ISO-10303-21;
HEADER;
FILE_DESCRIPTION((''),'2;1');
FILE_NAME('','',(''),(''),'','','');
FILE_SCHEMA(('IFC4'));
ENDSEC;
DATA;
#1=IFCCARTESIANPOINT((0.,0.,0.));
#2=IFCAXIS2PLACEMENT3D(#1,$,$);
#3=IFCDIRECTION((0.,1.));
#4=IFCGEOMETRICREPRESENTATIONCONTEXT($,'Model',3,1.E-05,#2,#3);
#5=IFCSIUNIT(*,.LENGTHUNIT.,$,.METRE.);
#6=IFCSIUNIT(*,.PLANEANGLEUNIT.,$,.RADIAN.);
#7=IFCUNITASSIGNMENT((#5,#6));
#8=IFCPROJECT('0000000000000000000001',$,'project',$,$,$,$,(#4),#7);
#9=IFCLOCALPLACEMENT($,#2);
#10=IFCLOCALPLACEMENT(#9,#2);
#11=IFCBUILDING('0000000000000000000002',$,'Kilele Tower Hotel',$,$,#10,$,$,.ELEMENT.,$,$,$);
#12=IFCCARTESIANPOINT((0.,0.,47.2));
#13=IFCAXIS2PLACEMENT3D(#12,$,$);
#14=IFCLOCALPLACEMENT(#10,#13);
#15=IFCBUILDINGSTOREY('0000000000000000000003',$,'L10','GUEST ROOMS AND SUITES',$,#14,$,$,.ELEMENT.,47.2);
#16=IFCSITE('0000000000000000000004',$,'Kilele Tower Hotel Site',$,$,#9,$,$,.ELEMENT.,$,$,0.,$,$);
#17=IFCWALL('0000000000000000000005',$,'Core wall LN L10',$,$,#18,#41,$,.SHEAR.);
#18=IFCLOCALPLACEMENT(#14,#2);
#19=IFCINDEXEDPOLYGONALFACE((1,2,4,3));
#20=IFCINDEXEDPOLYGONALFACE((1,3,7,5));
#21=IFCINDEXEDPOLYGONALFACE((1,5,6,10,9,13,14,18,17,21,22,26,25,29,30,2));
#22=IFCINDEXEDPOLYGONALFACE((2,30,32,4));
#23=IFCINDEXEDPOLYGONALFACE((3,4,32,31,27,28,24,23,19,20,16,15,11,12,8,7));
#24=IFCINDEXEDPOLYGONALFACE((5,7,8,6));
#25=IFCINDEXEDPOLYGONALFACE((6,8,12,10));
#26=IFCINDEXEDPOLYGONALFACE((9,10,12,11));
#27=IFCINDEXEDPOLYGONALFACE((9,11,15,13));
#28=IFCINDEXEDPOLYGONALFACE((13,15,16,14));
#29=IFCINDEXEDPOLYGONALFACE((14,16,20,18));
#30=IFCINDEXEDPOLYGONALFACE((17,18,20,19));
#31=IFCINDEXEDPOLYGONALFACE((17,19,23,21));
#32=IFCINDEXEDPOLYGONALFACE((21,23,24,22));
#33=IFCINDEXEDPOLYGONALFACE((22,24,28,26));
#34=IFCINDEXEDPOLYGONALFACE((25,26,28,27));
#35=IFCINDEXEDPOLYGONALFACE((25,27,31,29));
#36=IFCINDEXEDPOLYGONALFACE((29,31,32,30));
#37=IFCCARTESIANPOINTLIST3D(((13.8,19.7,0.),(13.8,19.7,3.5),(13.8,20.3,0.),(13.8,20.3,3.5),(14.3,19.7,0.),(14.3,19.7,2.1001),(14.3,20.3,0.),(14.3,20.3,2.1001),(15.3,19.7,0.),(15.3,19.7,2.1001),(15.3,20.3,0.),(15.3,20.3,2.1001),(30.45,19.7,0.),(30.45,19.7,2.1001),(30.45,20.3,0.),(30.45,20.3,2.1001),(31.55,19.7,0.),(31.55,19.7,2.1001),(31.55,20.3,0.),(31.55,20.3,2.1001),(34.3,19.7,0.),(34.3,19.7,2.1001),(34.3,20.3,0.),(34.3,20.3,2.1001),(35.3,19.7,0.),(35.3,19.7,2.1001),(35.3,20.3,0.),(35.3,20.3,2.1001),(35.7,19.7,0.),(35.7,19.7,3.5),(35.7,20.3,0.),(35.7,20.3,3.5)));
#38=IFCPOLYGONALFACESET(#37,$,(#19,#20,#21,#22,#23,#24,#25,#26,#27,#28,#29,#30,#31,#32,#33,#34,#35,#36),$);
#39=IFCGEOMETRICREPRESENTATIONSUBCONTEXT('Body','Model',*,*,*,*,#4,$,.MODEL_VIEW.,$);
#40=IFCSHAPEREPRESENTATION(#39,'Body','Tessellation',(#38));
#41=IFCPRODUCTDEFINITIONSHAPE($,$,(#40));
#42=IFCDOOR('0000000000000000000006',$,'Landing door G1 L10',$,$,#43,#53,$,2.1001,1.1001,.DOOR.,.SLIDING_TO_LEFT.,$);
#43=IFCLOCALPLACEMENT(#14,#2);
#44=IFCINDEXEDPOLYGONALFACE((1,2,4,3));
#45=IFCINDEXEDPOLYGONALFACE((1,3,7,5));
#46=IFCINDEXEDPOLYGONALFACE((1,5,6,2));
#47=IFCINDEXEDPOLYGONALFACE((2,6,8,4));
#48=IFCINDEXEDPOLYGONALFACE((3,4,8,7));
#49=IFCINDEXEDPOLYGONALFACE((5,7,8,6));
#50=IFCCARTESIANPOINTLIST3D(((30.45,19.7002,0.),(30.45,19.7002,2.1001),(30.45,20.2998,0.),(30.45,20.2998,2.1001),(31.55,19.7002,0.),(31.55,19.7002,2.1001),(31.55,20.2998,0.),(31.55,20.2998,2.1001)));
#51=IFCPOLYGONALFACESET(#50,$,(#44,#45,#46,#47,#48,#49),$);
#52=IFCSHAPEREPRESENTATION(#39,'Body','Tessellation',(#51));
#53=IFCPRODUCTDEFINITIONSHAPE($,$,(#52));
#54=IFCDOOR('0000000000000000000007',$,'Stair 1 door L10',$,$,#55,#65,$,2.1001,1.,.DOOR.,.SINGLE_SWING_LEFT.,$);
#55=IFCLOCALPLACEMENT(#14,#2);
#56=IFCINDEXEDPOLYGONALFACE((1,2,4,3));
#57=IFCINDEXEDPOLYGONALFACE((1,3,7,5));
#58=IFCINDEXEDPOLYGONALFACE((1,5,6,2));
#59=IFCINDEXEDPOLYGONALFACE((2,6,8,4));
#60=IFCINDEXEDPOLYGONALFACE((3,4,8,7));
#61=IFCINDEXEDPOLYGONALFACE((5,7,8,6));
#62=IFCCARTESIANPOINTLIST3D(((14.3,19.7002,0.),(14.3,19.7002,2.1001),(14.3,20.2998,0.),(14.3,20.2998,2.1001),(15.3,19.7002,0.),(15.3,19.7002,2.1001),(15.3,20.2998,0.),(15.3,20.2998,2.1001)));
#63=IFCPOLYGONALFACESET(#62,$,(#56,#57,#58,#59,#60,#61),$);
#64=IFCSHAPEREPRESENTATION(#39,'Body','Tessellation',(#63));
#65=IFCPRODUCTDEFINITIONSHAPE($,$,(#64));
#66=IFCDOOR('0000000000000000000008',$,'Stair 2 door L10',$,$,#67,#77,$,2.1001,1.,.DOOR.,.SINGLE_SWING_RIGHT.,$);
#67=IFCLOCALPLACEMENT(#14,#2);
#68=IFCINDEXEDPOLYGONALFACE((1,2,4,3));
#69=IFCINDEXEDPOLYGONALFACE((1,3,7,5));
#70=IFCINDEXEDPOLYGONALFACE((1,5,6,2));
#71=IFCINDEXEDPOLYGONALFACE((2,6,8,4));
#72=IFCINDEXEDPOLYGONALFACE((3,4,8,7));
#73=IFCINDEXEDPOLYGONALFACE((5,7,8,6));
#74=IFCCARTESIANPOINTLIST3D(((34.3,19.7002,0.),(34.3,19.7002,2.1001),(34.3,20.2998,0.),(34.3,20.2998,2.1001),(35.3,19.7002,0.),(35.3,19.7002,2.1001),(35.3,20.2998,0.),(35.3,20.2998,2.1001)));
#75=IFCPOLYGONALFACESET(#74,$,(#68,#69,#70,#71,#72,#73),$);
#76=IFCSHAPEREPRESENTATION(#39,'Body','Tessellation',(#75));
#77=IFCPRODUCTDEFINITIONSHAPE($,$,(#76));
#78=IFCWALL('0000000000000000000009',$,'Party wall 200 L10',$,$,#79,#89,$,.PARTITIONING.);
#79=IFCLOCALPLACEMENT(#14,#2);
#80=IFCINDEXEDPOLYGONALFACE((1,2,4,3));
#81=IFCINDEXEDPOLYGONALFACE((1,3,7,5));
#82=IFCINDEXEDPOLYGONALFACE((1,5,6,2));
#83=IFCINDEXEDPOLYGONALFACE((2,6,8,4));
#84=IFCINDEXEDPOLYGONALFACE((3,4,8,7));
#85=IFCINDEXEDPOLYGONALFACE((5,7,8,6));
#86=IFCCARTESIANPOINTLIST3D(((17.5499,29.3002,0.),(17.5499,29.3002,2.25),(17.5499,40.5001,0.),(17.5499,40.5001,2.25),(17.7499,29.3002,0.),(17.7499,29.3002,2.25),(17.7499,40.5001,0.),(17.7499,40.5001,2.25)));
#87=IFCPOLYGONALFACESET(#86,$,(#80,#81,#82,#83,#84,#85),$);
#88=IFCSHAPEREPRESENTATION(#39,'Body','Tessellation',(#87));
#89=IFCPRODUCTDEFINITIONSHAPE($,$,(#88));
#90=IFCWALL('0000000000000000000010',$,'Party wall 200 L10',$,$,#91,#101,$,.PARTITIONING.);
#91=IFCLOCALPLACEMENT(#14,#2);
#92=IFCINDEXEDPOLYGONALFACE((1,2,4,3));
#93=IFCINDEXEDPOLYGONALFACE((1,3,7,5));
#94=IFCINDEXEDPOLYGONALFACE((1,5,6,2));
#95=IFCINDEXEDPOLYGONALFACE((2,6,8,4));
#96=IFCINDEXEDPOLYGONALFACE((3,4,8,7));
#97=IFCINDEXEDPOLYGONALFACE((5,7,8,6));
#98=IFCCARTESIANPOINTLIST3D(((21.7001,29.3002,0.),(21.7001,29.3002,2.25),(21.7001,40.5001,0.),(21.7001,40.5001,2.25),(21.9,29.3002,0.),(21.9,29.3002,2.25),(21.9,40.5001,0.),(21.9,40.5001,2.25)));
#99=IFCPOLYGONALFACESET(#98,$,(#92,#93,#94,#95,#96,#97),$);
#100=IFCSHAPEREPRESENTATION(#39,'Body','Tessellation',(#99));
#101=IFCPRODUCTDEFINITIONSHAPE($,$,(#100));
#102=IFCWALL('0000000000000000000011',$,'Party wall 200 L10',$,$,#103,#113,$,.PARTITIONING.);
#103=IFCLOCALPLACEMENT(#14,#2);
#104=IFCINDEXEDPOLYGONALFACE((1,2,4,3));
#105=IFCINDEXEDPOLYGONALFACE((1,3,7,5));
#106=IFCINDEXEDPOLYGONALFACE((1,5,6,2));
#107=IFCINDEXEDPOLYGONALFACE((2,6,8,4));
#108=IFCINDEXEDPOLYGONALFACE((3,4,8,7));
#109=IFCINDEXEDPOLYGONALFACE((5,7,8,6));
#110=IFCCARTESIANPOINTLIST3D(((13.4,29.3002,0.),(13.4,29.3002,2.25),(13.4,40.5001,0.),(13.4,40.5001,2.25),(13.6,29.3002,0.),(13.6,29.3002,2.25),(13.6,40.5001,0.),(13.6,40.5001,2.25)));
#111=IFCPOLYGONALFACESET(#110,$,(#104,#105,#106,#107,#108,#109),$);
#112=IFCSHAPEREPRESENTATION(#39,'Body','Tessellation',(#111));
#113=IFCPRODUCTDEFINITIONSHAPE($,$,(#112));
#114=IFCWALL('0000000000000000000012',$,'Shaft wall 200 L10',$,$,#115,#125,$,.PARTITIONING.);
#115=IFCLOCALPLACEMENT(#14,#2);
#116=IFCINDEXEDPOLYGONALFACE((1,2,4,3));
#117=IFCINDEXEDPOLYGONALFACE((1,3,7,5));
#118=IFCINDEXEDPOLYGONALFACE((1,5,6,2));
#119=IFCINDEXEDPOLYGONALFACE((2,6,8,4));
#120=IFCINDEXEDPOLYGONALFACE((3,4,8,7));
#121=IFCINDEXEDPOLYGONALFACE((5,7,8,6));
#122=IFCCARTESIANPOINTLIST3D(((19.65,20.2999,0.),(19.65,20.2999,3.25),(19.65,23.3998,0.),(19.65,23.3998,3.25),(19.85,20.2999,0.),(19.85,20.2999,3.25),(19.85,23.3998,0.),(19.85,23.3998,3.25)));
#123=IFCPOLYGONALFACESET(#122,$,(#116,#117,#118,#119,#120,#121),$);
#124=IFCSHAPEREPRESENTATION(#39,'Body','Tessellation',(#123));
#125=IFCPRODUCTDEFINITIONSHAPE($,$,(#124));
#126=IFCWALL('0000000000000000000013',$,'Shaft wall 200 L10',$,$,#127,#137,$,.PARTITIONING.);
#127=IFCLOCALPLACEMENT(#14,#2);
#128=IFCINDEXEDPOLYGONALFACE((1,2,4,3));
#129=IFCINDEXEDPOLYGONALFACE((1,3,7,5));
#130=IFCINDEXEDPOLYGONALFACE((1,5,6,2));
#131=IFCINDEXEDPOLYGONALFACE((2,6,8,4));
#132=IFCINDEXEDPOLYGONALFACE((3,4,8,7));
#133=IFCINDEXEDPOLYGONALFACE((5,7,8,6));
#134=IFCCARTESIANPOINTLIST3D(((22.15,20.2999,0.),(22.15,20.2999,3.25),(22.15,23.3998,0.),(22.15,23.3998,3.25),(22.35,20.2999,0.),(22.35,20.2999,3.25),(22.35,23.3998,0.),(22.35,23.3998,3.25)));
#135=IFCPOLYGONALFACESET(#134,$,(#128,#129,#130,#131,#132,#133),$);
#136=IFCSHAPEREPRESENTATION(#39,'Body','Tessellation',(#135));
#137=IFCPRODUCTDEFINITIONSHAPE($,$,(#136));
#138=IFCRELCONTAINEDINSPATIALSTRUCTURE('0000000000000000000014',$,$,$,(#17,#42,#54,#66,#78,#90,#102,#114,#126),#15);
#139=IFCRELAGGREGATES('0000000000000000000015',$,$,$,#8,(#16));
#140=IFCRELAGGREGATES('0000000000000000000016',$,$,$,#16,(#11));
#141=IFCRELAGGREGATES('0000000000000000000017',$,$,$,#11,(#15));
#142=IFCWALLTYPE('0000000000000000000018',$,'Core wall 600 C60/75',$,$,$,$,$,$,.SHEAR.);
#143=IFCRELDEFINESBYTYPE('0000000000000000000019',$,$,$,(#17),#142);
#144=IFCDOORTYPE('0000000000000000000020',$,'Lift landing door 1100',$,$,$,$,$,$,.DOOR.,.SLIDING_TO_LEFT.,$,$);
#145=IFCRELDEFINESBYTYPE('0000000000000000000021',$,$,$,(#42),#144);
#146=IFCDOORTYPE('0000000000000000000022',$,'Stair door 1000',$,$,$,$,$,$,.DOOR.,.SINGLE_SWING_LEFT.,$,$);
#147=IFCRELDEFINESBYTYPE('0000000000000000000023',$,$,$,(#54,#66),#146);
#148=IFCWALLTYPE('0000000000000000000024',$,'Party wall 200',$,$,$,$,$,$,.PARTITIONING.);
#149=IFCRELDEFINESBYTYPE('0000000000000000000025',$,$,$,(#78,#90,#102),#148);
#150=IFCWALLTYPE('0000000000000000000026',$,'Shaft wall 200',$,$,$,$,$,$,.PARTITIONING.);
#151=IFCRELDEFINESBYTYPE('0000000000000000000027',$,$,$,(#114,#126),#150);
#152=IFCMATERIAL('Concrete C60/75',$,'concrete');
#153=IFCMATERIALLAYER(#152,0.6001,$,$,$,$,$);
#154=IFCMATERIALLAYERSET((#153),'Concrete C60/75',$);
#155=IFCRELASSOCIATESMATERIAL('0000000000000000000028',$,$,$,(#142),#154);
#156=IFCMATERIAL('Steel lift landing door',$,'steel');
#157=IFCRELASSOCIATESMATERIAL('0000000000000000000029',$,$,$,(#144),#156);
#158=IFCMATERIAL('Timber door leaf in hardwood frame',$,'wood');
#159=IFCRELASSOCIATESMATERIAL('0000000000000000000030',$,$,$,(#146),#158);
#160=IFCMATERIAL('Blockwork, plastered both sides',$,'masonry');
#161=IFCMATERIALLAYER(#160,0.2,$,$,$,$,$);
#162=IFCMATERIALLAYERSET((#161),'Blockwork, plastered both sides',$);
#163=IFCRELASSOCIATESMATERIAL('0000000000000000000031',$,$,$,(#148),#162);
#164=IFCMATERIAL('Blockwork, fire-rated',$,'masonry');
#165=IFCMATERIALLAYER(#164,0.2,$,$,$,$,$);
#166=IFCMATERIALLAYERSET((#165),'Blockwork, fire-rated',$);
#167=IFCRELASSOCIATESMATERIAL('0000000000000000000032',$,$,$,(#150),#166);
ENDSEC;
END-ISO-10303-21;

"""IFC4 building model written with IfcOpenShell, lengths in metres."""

from ifc_helpers import new_model, si_unit, direction, frame, frame_2d, origin, place, context, subcontext, project, spatial, rectangle, extrude, material, layer, layer_set, type_object, element, fill, save


model = new_model("IFC4")

# Units and contexts
model_context = context("Model", 3, precision=1e-05, world=origin(), true_north=direction((0.0, 1.0)))
body_context = subcontext(model_context, "Body", "Model", "MODEL_VIEW")
ifc_project = project(units=[si_unit("LENGTHUNIT", "METRE"), si_unit("PLANEANGLEUNIT", "RADIAN")], contexts=[model_context])

# Site, building, storey
site_placement = place(None, origin())
site = spatial("IfcSite", under=ifc_project, at=site_placement, Name="Kilele Tower Hotel Site", CompositionType="ELEMENT", RefElevation=0.0)
building_placement = place(site_placement, origin())
building = spatial("IfcBuilding", under=site, at=building_placement, Name="Kilele Tower Hotel", CompositionType="ELEMENT")
storey_placement = place(building_placement, frame((0.0, 0.0, 47.2)))
storey = spatial("IfcBuildingStorey", under=building, at=storey_placement, Name="L10", Description="GUEST ROOMS AND SUITES", CompositionType="ELEMENT", Elevation=47.2)

# Wall, openings, doors
ifc_material_1 = material(Name="Concrete C60/75", Category="concrete")
ifc_layer_1 = layer(ifc_material_1, 0.6001)
ifc_layer_set_1 = layer_set([ifc_layer_1], Name="Concrete C60/75")
wall_type_1 = type_object("IfcWallType", Name="Core wall 600 C60/75", PredefinedType="SHEAR", material=ifc_layer_set_1)
wall_1_placement = place(storey_placement, frame((13.8, 20.0, 0.0), z_axis=(0.0, 0.0, 1.0), x_axis=(1.0, 0.0, 0.0)))
wall_1 = element("IfcWall", 1, at=wall_1_placement, inside=storey, type_object=wall_type_1, Name="Core wall LN L10", PredefinedType="SHEAR", context=body_context, shape_type="SweptSolid", body=[
    extrude(rectangle(XDim=21.8999, YDim=0.6001, at=frame_2d((10.95, 0.0))), origin(), (0.0, 0.0, 1.0), 3.5),
])
opening_1_placement = place(wall_1_placement, frame((0.5, 0.0, 0.0)))
opening_1 = element("IfcOpeningElement", 2, at=opening_1_placement, cuts=wall_1, PredefinedType="OPENING", context=body_context, shape_type="SweptSolid", body=[
    extrude(rectangle(XDim=1.0, YDim=2.1001, at=frame_2d((0.5, 1.05))), frame((0.0, 0.3101, 0.0), z_axis=(0.0, -1.0, 0.0), x_axis=(1.0, 0.0, 0.0)), (0.0, 0.0, 1.0), 0.6201),
])
opening_2_placement = place(wall_1_placement, frame((20.5, 0.0, 0.0)))
opening_2 = element("IfcOpeningElement", 3, at=opening_2_placement, cuts=wall_1, PredefinedType="OPENING", context=body_context, shape_type="SweptSolid", body=[
    extrude(rectangle(XDim=1.0, YDim=2.1001, at=frame_2d((0.5, 1.05))), frame((0.0, 0.3101, 0.0), z_axis=(0.0, -1.0, 0.0), x_axis=(1.0, 0.0, 0.0)), (0.0, 0.0, 1.0), 0.6201),
])
opening_3_placement = place(wall_1_placement, frame((16.6499, 0.0, 0.0)))
opening_3 = element("IfcOpeningElement", 4, at=opening_3_placement, cuts=wall_1, PredefinedType="OPENING", context=body_context, shape_type="SweptSolid", body=[
    extrude(rectangle(XDim=1.1001, YDim=2.1001, at=frame_2d((0.55, 1.05))), frame((0.0, 0.3101, 0.0), z_axis=(0.0, -1.0, 0.0), x_axis=(1.0, 0.0, 0.0)), (0.0, 0.0, 1.0), 0.6201),
])
ifc_material_2 = material(Name="Steel lift landing door", Category="steel")
door_type_1 = type_object("IfcDoorType", Name="Lift landing door 1100", OperationType="SLIDING_TO_LEFT", PredefinedType="DOOR", material=ifc_material_2)
door_1_placement = place(opening_3_placement, origin())
door_1 = element("IfcDoor", 5, at=door_1_placement, inside=storey, type_object=door_type_1, Name="Landing door G1 L10", OperationType="SLIDING_TO_LEFT", OverallHeight=2.1001, OverallWidth=1.1001, PredefinedType="DOOR", context=body_context, shape_type="SweptSolid", body=[
    extrude(rectangle(XDim=1.1001, YDim=2.1001, at=frame_2d((0.55, 1.05))), frame((0.0, 0.2998, 0.0), z_axis=(0.0, -1.0, 0.0), x_axis=(1.0, 0.0, 0.0)), (0.0, 0.0, 1.0), 0.5996),
])
fill(opening_3, door_1)
ifc_material_3 = material(Name="Timber door leaf in hardwood frame", Category="wood")
door_type_2 = type_object("IfcDoorType", Name="Stair door 1000", OperationType="SINGLE_SWING_LEFT", PredefinedType="DOOR", material=ifc_material_3)
door_2_placement = place(opening_1_placement, origin())
door_2 = element("IfcDoor", 6, at=door_2_placement, inside=storey, type_object=door_type_2, Name="Stair 1 door L10", OperationType="SINGLE_SWING_LEFT", OverallHeight=2.1001, OverallWidth=1.0, PredefinedType="DOOR", context=body_context, shape_type="SweptSolid", body=[
    extrude(rectangle(XDim=1.0, YDim=2.1001, at=frame_2d((0.5, 1.05))), frame((0.0, 0.2998, 0.0), z_axis=(0.0, -1.0, 0.0), x_axis=(1.0, 0.0, 0.0)), (0.0, 0.0, 1.0), 0.5996),
])
fill(opening_1, door_2)
door_3_placement = place(opening_2_placement, origin())
door_3 = element("IfcDoor", 7, at=door_3_placement, inside=storey, type_object=door_type_2, Name="Stair 2 door L10", OperationType="SINGLE_SWING_RIGHT", OverallHeight=2.1001, OverallWidth=1.0, PredefinedType="DOOR", context=body_context, shape_type="SweptSolid", body=[
    extrude(rectangle(XDim=1.0, YDim=2.1001, at=frame_2d((0.5, 1.05))), frame((0.0, 0.2998, 0.0), z_axis=(0.0, -1.0, 0.0), x_axis=(1.0, 0.0, 0.0)), (0.0, 0.0, 1.0), 0.5996),
])
fill(opening_2, door_3)

# Walls
ifc_material_4 = material(Name="Blockwork, plastered both sides", Category="masonry")
ifc_layer_2 = layer(ifc_material_4, 0.2)
ifc_layer_set_2 = layer_set([ifc_layer_2], Name="Blockwork, plastered both sides")
wall_type_2 = type_object("IfcWallType", Name="Party wall 200", PredefinedType="PARTITIONING", material=ifc_layer_set_2)
for number, where, z_axis, x_axis, name in (
    (8, (17.6499, 29.3, 0.0), (0.0, 0.0, 1.0), (0.0, 1.0, 0.0), "Party wall 200 L10"),
    (9, (21.8, 29.3, 0.0), (0.0, 0.0, 1.0), (0.0, 1.0, 0.0), "Party wall 200 L10"),
    (10, (13.5, 29.3, 0.0), (0.0, 0.0, 1.0), (0.0, 1.0, 0.0), "Party wall 200 L10"),
):
    element("IfcWall", number, at=place(storey_placement, frame(where, z_axis=z_axis, x_axis=x_axis)), inside=storey, type_object=wall_type_2, Name=name, PredefinedType="PARTITIONING", context=body_context, shape_type="SweptSolid", body=[
        extrude(rectangle(XDim=11.2, YDim=0.2, at=frame_2d((5.6001, 0.0))), origin(), (0.0, 0.0, 1.0), 2.25),
    ])
ifc_material_5 = material(Name="Blockwork, fire-rated", Category="masonry")
ifc_layer_3 = layer(ifc_material_5, 0.2)
ifc_layer_set_3 = layer_set([ifc_layer_3], Name="Blockwork, fire-rated")
wall_type_3 = type_object("IfcWallType", Name="Shaft wall 200", PredefinedType="PARTITIONING", material=ifc_layer_set_3)
for number, where, z_axis, x_axis, name in (
    (11, (19.75, 20.3, 0.0), (0.0, 0.0, 1.0), (0.0, 1.0, 0.0), "Shaft wall 200 L10"),
    (12, (22.25, 20.3, 0.0), (0.0, 0.0, 1.0), (0.0, 1.0, 0.0), "Shaft wall 200 L10"),
):
    element("IfcWall", number, at=place(storey_placement, frame(where, z_axis=z_axis, x_axis=x_axis)), inside=storey, type_object=wall_type_3, Name=name, PredefinedType="PARTITIONING", context=body_context, shape_type="SweptSolid", body=[
        extrude(rectangle(XDim=3.0999, YDim=0.2, at=frame_2d((1.5498, 0.0))), origin(), (0.0, 0.0, 1.0), 3.25),
    ])

save(model, "model.ifc")
